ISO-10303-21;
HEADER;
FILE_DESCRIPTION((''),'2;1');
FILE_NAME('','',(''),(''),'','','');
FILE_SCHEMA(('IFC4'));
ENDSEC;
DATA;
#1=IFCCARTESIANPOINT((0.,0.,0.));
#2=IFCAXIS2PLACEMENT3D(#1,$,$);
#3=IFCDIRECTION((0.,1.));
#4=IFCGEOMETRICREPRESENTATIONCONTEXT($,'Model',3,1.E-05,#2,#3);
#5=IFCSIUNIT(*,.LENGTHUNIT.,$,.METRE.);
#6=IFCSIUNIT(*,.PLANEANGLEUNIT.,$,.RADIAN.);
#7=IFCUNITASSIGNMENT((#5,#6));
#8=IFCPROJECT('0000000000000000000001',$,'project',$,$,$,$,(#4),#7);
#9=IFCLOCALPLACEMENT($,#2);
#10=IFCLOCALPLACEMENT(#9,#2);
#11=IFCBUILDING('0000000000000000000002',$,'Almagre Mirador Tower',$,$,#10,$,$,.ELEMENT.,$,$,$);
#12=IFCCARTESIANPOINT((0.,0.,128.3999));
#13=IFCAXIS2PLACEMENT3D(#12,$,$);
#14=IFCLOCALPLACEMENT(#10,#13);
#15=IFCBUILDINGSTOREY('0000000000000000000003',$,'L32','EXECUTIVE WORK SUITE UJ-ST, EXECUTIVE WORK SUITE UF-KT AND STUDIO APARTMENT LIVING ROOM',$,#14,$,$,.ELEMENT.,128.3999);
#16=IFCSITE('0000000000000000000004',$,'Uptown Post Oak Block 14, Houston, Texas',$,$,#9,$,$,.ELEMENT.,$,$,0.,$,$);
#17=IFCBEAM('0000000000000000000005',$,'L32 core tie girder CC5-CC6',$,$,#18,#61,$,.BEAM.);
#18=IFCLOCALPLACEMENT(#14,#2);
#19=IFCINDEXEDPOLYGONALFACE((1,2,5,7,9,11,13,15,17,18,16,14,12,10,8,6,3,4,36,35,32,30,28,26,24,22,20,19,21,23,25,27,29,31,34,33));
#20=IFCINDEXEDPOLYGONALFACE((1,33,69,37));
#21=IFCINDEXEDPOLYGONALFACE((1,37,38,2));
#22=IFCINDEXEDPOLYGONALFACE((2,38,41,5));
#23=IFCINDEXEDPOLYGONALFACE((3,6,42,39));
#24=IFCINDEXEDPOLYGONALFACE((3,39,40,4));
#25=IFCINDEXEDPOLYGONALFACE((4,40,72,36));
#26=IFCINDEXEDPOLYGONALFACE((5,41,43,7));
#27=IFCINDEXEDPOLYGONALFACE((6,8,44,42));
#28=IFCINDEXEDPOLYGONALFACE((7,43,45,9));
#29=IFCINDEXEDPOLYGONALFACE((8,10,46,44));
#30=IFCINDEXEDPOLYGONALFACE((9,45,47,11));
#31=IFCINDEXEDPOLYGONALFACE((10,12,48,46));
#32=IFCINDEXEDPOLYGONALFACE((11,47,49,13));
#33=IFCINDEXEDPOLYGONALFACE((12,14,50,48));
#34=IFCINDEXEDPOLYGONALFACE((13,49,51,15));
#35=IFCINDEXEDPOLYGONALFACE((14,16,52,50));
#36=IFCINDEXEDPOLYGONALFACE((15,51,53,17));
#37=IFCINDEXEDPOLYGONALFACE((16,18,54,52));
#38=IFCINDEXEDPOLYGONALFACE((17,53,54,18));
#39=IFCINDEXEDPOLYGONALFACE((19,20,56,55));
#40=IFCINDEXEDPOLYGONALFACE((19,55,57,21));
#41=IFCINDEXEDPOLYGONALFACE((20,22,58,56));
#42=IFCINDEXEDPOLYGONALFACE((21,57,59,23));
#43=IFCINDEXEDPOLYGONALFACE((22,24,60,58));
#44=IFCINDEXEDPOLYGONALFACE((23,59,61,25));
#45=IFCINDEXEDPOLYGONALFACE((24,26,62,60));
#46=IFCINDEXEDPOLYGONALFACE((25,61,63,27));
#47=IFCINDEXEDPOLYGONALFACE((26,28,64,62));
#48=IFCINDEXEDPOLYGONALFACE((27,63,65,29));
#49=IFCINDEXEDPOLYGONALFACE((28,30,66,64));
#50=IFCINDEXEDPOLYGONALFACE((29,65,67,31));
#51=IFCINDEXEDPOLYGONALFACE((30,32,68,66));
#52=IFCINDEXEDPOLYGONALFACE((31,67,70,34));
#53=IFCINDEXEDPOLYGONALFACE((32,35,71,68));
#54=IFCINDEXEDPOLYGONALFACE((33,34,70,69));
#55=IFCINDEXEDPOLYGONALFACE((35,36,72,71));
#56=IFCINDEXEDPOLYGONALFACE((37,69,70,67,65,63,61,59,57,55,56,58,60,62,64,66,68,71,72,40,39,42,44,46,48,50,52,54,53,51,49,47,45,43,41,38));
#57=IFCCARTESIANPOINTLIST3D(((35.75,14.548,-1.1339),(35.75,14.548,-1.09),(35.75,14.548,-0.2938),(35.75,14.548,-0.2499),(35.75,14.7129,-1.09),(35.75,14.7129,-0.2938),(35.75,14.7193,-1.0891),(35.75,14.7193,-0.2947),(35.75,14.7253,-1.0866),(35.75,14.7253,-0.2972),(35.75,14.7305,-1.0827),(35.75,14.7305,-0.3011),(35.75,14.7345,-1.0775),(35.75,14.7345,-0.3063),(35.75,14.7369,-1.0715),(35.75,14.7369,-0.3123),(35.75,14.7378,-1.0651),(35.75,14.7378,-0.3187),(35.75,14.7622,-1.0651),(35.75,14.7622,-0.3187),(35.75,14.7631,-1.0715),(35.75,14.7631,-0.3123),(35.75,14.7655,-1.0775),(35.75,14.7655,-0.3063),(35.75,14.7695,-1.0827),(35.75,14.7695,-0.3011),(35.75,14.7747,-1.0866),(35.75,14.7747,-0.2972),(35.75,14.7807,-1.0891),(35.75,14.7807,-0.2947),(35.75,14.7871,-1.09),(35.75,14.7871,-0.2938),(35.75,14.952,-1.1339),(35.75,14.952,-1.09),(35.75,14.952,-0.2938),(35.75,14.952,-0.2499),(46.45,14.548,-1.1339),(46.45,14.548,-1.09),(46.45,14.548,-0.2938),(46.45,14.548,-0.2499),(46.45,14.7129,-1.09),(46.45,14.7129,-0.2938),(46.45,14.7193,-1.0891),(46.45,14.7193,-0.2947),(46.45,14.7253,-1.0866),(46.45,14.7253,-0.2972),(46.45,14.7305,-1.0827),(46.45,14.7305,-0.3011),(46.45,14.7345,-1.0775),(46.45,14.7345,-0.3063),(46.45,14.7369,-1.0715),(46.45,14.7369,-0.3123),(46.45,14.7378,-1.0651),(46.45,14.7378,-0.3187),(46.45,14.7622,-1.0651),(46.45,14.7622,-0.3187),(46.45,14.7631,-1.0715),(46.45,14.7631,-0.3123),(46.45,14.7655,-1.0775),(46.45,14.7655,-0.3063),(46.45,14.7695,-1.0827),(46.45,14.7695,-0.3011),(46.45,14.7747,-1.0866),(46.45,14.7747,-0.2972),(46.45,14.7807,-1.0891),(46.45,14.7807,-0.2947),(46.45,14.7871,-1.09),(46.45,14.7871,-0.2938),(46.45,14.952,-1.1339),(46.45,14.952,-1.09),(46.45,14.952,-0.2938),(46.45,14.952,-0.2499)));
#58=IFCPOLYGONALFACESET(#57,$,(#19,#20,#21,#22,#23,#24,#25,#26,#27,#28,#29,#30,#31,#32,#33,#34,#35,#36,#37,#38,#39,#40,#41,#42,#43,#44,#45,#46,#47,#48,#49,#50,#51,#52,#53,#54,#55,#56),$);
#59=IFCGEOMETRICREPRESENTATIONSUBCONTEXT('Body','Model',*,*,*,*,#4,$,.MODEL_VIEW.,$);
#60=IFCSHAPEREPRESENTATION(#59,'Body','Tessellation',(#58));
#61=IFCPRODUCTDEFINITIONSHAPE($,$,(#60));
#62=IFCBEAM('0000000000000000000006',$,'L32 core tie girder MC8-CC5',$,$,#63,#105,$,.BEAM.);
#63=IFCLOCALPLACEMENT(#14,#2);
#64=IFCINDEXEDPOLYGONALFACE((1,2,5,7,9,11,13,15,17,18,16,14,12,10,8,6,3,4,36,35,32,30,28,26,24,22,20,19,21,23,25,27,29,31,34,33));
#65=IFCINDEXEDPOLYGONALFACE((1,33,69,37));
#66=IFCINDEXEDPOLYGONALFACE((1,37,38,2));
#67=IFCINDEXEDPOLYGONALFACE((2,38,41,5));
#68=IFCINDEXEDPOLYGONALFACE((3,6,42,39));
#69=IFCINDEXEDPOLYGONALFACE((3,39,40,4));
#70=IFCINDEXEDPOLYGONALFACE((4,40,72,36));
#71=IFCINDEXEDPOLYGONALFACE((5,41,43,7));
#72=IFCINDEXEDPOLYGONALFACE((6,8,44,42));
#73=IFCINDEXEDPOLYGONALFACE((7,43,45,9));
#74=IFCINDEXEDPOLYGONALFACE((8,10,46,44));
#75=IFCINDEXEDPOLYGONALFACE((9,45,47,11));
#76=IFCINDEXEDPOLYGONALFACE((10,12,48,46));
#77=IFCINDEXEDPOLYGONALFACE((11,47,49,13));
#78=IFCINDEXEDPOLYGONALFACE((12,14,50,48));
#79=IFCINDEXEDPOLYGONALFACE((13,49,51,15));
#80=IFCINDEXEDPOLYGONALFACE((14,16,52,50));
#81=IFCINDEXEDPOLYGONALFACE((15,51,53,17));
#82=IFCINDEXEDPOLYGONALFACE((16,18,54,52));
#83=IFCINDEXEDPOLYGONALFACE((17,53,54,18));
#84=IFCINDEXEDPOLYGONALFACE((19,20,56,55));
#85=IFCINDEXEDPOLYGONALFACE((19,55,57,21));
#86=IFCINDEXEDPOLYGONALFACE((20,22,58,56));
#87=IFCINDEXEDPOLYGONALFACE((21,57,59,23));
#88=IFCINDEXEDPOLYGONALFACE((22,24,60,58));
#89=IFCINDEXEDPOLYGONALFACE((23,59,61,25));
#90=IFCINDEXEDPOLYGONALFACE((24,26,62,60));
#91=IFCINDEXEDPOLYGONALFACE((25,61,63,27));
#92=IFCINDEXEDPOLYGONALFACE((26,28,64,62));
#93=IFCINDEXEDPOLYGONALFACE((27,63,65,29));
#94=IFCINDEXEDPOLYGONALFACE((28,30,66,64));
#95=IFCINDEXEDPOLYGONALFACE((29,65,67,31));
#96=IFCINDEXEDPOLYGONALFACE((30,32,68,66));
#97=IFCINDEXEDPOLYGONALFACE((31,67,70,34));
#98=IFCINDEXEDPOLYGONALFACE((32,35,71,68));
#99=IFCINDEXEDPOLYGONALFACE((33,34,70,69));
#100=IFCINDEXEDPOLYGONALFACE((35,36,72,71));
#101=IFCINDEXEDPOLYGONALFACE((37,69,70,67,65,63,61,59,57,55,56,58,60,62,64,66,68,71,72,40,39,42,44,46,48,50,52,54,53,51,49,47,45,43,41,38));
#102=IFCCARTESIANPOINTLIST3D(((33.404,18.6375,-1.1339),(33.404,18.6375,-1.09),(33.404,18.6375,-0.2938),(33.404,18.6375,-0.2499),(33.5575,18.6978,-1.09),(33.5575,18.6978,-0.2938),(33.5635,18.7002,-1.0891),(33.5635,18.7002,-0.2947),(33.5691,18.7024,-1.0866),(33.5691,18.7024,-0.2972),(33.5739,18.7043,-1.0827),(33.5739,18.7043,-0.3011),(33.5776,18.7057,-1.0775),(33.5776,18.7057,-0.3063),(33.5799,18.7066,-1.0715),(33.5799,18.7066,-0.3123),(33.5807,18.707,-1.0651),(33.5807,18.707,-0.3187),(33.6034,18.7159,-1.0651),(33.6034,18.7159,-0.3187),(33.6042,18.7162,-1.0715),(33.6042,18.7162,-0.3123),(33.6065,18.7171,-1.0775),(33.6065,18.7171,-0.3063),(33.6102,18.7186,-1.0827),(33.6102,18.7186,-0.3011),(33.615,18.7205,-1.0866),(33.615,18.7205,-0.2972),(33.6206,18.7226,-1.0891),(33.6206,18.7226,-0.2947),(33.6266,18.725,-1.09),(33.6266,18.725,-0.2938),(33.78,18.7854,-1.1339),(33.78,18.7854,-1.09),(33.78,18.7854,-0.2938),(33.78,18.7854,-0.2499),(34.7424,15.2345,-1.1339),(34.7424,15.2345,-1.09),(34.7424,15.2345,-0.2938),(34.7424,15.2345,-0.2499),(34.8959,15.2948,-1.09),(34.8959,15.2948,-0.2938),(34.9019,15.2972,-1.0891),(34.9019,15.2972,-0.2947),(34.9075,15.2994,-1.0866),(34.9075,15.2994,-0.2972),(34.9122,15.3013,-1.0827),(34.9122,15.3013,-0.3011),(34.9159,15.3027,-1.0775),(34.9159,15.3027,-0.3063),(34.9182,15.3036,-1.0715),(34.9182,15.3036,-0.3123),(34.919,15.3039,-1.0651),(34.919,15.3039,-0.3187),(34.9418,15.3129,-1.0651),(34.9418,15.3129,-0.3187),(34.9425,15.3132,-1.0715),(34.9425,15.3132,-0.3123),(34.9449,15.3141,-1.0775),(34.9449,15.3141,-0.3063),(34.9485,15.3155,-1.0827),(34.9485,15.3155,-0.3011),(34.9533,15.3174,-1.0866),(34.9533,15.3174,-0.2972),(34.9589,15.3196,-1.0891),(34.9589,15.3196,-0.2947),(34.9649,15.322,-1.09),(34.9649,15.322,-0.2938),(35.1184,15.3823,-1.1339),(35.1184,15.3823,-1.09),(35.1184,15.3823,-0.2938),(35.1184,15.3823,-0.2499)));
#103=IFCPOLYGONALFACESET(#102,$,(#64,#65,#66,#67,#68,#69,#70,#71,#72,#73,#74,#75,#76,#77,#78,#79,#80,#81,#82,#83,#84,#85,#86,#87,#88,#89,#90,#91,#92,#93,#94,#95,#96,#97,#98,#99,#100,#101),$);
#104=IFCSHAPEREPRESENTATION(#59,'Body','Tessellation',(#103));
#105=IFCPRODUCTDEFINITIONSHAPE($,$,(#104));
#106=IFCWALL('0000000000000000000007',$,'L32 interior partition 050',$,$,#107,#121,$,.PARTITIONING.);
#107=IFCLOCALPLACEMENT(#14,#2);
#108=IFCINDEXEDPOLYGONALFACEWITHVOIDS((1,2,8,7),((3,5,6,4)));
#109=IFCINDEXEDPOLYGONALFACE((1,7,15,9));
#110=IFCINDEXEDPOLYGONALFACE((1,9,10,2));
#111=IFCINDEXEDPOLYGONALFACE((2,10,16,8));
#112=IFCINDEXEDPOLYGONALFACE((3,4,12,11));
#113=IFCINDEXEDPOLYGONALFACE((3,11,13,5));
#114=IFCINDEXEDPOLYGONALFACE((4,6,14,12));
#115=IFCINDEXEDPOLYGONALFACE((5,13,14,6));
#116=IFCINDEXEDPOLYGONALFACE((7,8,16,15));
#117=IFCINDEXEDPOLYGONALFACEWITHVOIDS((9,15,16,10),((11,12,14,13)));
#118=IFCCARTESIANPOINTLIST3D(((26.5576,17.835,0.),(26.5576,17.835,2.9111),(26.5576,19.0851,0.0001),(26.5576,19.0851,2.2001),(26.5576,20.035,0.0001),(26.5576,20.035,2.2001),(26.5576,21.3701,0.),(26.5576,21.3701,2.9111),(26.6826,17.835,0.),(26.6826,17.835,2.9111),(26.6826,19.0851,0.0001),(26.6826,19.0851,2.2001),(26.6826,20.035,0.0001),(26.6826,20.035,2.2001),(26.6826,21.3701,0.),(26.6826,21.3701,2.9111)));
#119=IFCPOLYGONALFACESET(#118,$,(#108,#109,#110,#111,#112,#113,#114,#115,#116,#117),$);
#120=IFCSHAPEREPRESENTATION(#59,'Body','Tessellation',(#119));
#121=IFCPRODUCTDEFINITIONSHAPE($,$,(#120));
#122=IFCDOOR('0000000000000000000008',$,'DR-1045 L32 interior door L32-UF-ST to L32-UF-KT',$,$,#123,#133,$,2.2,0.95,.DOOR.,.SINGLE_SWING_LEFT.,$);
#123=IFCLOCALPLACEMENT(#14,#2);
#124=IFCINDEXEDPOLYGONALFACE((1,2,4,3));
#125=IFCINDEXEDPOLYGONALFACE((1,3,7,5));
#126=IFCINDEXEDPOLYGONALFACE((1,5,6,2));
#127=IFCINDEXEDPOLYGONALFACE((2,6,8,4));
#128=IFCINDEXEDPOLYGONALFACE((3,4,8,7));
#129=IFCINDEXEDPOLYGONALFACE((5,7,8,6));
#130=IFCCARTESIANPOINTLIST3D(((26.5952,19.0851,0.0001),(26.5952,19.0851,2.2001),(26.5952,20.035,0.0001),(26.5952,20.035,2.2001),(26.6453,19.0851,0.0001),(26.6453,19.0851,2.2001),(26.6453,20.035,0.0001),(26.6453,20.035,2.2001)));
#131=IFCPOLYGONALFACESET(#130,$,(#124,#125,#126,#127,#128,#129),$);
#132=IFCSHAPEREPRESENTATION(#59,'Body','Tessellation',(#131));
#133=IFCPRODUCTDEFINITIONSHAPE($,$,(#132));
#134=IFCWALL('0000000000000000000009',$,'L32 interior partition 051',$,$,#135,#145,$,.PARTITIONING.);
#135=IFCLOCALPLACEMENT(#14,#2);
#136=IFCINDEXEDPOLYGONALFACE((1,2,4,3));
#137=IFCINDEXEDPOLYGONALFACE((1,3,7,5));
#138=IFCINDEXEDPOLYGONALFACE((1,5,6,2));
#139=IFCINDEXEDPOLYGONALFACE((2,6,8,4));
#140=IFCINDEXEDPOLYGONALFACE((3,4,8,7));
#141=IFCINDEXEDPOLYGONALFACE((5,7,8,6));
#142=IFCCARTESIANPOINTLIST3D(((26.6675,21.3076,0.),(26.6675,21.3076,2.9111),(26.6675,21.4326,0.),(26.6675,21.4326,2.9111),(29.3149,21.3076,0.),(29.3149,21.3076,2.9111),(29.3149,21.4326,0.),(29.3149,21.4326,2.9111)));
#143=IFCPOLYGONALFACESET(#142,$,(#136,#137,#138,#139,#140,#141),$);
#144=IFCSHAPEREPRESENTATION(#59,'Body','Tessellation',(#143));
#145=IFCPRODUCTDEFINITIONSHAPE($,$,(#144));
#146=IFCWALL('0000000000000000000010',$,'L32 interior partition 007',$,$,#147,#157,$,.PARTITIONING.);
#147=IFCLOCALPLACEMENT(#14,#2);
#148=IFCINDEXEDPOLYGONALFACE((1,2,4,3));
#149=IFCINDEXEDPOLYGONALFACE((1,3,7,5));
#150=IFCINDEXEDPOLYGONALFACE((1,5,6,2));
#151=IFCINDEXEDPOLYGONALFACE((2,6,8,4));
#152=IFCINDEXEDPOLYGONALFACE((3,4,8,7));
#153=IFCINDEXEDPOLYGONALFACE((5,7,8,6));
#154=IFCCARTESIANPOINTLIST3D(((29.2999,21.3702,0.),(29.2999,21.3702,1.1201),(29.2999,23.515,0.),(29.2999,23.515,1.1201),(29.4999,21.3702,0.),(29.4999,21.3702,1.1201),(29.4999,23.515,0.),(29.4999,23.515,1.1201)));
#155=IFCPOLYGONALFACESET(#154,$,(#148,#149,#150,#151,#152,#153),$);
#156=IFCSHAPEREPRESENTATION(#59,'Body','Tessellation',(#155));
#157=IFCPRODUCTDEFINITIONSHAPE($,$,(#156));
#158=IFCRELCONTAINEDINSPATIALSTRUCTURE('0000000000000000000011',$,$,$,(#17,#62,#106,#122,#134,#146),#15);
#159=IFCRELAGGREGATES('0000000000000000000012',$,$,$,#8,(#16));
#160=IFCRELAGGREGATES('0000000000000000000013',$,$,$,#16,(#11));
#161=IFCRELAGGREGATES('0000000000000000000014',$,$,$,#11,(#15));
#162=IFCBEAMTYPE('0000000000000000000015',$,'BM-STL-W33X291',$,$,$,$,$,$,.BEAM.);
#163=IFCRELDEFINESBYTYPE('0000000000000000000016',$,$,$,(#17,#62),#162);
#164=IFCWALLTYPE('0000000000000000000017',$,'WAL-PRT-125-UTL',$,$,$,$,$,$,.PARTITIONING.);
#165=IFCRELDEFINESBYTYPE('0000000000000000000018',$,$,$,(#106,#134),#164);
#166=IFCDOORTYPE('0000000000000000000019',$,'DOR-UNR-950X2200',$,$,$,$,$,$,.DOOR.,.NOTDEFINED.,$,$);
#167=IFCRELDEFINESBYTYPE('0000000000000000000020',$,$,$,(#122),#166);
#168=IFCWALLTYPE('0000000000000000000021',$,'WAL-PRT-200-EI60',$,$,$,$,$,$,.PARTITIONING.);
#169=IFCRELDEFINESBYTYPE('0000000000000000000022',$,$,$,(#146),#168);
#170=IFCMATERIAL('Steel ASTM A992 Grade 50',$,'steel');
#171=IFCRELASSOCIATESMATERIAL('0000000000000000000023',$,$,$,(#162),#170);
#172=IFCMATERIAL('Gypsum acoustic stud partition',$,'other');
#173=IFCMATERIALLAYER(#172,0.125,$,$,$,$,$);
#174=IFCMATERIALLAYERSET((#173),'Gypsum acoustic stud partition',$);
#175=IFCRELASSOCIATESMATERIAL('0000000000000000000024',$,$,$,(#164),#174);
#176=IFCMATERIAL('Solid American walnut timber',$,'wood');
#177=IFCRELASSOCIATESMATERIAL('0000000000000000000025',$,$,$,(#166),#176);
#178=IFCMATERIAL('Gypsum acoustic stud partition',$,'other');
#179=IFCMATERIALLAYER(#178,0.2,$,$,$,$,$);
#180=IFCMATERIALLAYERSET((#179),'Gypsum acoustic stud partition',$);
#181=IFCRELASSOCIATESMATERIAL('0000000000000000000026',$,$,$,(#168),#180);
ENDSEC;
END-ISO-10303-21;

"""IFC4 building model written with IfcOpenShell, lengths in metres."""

from ifc_helpers import new_model, si_unit, direction, frame, frame_2d, origin, origin_2d, place, context, subcontext, project, spatial, rectangle, i_section, extrude, material, layer, layer_set, material_profile, profile_set, type_object, element, fill, save


model = new_model("IFC4")

# Units and contexts
model_context = context("Model", 3, precision=1e-05, world=origin(), true_north=direction((0.0, 1.0)))
body_context = subcontext(model_context, "Body", "Model", "MODEL_VIEW")
ifc_project = project(units=[si_unit("LENGTHUNIT", "METRE"), si_unit("PLANEANGLEUNIT", "RADIAN")], contexts=[model_context])

# Site, building, storey
site_placement = place(None, origin())
site = spatial("IfcSite", under=ifc_project, at=site_placement, Name="Uptown Post Oak Block 14, Houston, Texas", CompositionType="ELEMENT", RefElevation=0.0)
building_placement = place(site_placement, origin())
building = spatial("IfcBuilding", under=site, at=building_placement, Name="Almagre Mirador Tower", CompositionType="ELEMENT")
storey_placement = place(building_placement, frame((0.0, 0.0, 128.3999)))
storey = spatial("IfcBuildingStorey", under=building, at=storey_placement, Name="L32", Description="EXECUTIVE WORK SUITE UJ-ST, EXECUTIVE WORK SUITE UF-KT AND STUDIO APARTMENT LIVING ROOM", CompositionType="ELEMENT", Elevation=128.3999)

# Beams
ifc_material_1 = material(Name="Steel ASTM A992 Grade 50", Category="steel")
ifc_material_profile_1 = material_profile(ifc_material_1, i_section(OverallWidth=0.4041, OverallDepth=0.884, WebThickness=0.0244, FlangeThickness=0.0439, FilletRadius=0.0249, at=origin_2d()), Name="W33X291")
ifc_profile_set_1 = profile_set([ifc_material_profile_1], Name="Steel ASTM A992 Grade 50")
beam_type_1 = type_object("IfcBeamType", Name="BM-STL-W33X291", PredefinedType="BEAM", material=ifc_profile_set_1)
beam_1_placement = place(storey_placement, frame((35.75, 14.75, -0.6919), z_axis=(1.0, 0.0, 0.0), x_axis=(0.0, 1.0, 0.0)))
element("IfcBeam", 1, at=beam_1_placement, inside=storey, type_object=beam_type_1, Name="L32 core tie girder CC5-CC6", PredefinedType="BEAM", context=body_context, shape_type="SweptSolid", body=[
    extrude(i_section(OverallWidth=0.4041, OverallDepth=0.884, WebThickness=0.0244, FlangeThickness=0.0439, FilletRadius=0.0249, at=origin_2d()), origin(), (0.0, 0.0, 1.0), 10.7),
])
beam_2_placement = place(storey_placement, frame((33.592, 18.7114, -0.6919), z_axis=(0.365997, -0.930616, 0.0), x_axis=(0.930616, 0.365997, 0.0)))
element("IfcBeam", 2, at=beam_2_placement, inside=storey, type_object=beam_type_1, Name="L32 core tie girder MC8-CC5", PredefinedType="BEAM", context=body_context, shape_type="SweptSolid", body=[
    extrude(i_section(OverallWidth=0.4041, OverallDepth=0.884, WebThickness=0.0244, FlangeThickness=0.0439, FilletRadius=0.0249, at=origin_2d()), origin(), (0.0, 0.0, 1.0), 3.6567),
])

# Wall, opening, door
ifc_material_2 = material(Name="Gypsum acoustic stud partition", Category="other")
ifc_layer_1 = layer(ifc_material_2, 0.125)
ifc_layer_set_1 = layer_set([ifc_layer_1], Name="Gypsum acoustic stud partition")
wall_type_1 = type_object("IfcWallType", Name="WAL-PRT-125-UTL", PredefinedType="PARTITIONING", material=ifc_layer_set_1)
wall_1_placement = place(storey_placement, frame((26.6201, 17.835, 0.0), z_axis=(0.0, 0.0, 1.0), x_axis=(0.0, 1.0, 0.0)))
wall_1 = element("IfcWall", 3, at=wall_1_placement, inside=storey, type_object=wall_type_1, Name="L32 interior partition 050", PredefinedType="PARTITIONING", context=body_context, shape_type="SweptSolid", body=[
    extrude(rectangle(XDim=3.5352, YDim=0.125, at=frame_2d((1.7676, 0.0))), origin(), (0.0, 0.0, 1.0), 2.9111),
])
opening_1_placement = place(wall_1_placement, frame((1.25, 0.0, 0.0)))
opening_1 = element("IfcOpeningElement", 4, at=opening_1_placement, cuts=wall_1, PredefinedType="OPENING", context=body_context, shape_type="SweptSolid", body=[
    extrude(rectangle(XDim=0.95, YDim=2.2, at=frame_2d((0.4751, 1.1001))), frame((0.0, 0.0725, 0.0), z_axis=(0.0, -1.0, 0.0), x_axis=(1.0, 0.0, 0.0)), (0.0, 0.0, 1.0), 0.145),
])
ifc_material_3 = material(Name="Solid American walnut timber", Category="wood")
door_type_1 = type_object("IfcDoorType", Name="DOR-UNR-950X2200", OperationType="NOTDEFINED", PredefinedType="DOOR", material=ifc_material_3)
door_1_placement = place(opening_1_placement, origin())
door_1 = element("IfcDoor", 5, at=door_1_placement, inside=storey, type_object=door_type_1, Name="DR-1045 L32 interior door L32-UF-ST to L32-UF-KT", OperationType="SINGLE_SWING_LEFT", OverallHeight=2.2, OverallWidth=0.95, PredefinedType="DOOR", context=body_context, shape_type="SweptSolid", body=[
    extrude(rectangle(XDim=0.95, YDim=2.2, at=frame_2d((0.4751, 1.1001))), frame((0.0, 0.0249, 0.0), z_axis=(0.0, -1.0, 0.0), x_axis=(1.0, 0.0, 0.0)), (0.0, 0.0, 1.0), 0.05),
])
fill(opening_1, door_1)

# Walls
wall_2_placement = place(storey_placement, frame((26.6675, 21.3701, 0.0), z_axis=(0.0, 0.0, 1.0), x_axis=(1.0, 0.0, 0.0)))
element("IfcWall", 6, at=wall_2_placement, inside=storey, type_object=wall_type_1, Name="L32 interior partition 051", PredefinedType="PARTITIONING", context=body_context, shape_type="SweptSolid", body=[
    extrude(rectangle(XDim=2.6475, YDim=0.125, at=frame_2d((1.3237, 0.0))), origin(), (0.0, 0.0, 1.0), 2.9111),
])
ifc_material_4 = material(Name="Gypsum acoustic stud partition", Category="other")
ifc_layer_2 = layer(ifc_material_4, 0.2)
ifc_layer_set_2 = layer_set([ifc_layer_2], Name="Gypsum acoustic stud partition")
wall_type_2 = type_object("IfcWallType", Name="WAL-PRT-200-EI60", PredefinedType="PARTITIONING", material=ifc_layer_set_2)
wall_3_placement = place(storey_placement, frame((29.3999, 23.5149, 0.0), z_axis=(0.0, 0.0, 1.0), x_axis=(0.0, -1.0, 0.0)))
element("IfcWall", 7, at=wall_3_placement, inside=storey, type_object=wall_type_2, Name="L32 interior partition 007", PredefinedType="PARTITIONING", context=body_context, shape_type="SweptSolid", body=[
    extrude(rectangle(XDim=2.1448, YDim=0.2, at=frame_2d((1.0723, 0.0))), origin(), (0.0, 0.0, 1.0), 1.1201),
])

save(model, "model.ifc")
